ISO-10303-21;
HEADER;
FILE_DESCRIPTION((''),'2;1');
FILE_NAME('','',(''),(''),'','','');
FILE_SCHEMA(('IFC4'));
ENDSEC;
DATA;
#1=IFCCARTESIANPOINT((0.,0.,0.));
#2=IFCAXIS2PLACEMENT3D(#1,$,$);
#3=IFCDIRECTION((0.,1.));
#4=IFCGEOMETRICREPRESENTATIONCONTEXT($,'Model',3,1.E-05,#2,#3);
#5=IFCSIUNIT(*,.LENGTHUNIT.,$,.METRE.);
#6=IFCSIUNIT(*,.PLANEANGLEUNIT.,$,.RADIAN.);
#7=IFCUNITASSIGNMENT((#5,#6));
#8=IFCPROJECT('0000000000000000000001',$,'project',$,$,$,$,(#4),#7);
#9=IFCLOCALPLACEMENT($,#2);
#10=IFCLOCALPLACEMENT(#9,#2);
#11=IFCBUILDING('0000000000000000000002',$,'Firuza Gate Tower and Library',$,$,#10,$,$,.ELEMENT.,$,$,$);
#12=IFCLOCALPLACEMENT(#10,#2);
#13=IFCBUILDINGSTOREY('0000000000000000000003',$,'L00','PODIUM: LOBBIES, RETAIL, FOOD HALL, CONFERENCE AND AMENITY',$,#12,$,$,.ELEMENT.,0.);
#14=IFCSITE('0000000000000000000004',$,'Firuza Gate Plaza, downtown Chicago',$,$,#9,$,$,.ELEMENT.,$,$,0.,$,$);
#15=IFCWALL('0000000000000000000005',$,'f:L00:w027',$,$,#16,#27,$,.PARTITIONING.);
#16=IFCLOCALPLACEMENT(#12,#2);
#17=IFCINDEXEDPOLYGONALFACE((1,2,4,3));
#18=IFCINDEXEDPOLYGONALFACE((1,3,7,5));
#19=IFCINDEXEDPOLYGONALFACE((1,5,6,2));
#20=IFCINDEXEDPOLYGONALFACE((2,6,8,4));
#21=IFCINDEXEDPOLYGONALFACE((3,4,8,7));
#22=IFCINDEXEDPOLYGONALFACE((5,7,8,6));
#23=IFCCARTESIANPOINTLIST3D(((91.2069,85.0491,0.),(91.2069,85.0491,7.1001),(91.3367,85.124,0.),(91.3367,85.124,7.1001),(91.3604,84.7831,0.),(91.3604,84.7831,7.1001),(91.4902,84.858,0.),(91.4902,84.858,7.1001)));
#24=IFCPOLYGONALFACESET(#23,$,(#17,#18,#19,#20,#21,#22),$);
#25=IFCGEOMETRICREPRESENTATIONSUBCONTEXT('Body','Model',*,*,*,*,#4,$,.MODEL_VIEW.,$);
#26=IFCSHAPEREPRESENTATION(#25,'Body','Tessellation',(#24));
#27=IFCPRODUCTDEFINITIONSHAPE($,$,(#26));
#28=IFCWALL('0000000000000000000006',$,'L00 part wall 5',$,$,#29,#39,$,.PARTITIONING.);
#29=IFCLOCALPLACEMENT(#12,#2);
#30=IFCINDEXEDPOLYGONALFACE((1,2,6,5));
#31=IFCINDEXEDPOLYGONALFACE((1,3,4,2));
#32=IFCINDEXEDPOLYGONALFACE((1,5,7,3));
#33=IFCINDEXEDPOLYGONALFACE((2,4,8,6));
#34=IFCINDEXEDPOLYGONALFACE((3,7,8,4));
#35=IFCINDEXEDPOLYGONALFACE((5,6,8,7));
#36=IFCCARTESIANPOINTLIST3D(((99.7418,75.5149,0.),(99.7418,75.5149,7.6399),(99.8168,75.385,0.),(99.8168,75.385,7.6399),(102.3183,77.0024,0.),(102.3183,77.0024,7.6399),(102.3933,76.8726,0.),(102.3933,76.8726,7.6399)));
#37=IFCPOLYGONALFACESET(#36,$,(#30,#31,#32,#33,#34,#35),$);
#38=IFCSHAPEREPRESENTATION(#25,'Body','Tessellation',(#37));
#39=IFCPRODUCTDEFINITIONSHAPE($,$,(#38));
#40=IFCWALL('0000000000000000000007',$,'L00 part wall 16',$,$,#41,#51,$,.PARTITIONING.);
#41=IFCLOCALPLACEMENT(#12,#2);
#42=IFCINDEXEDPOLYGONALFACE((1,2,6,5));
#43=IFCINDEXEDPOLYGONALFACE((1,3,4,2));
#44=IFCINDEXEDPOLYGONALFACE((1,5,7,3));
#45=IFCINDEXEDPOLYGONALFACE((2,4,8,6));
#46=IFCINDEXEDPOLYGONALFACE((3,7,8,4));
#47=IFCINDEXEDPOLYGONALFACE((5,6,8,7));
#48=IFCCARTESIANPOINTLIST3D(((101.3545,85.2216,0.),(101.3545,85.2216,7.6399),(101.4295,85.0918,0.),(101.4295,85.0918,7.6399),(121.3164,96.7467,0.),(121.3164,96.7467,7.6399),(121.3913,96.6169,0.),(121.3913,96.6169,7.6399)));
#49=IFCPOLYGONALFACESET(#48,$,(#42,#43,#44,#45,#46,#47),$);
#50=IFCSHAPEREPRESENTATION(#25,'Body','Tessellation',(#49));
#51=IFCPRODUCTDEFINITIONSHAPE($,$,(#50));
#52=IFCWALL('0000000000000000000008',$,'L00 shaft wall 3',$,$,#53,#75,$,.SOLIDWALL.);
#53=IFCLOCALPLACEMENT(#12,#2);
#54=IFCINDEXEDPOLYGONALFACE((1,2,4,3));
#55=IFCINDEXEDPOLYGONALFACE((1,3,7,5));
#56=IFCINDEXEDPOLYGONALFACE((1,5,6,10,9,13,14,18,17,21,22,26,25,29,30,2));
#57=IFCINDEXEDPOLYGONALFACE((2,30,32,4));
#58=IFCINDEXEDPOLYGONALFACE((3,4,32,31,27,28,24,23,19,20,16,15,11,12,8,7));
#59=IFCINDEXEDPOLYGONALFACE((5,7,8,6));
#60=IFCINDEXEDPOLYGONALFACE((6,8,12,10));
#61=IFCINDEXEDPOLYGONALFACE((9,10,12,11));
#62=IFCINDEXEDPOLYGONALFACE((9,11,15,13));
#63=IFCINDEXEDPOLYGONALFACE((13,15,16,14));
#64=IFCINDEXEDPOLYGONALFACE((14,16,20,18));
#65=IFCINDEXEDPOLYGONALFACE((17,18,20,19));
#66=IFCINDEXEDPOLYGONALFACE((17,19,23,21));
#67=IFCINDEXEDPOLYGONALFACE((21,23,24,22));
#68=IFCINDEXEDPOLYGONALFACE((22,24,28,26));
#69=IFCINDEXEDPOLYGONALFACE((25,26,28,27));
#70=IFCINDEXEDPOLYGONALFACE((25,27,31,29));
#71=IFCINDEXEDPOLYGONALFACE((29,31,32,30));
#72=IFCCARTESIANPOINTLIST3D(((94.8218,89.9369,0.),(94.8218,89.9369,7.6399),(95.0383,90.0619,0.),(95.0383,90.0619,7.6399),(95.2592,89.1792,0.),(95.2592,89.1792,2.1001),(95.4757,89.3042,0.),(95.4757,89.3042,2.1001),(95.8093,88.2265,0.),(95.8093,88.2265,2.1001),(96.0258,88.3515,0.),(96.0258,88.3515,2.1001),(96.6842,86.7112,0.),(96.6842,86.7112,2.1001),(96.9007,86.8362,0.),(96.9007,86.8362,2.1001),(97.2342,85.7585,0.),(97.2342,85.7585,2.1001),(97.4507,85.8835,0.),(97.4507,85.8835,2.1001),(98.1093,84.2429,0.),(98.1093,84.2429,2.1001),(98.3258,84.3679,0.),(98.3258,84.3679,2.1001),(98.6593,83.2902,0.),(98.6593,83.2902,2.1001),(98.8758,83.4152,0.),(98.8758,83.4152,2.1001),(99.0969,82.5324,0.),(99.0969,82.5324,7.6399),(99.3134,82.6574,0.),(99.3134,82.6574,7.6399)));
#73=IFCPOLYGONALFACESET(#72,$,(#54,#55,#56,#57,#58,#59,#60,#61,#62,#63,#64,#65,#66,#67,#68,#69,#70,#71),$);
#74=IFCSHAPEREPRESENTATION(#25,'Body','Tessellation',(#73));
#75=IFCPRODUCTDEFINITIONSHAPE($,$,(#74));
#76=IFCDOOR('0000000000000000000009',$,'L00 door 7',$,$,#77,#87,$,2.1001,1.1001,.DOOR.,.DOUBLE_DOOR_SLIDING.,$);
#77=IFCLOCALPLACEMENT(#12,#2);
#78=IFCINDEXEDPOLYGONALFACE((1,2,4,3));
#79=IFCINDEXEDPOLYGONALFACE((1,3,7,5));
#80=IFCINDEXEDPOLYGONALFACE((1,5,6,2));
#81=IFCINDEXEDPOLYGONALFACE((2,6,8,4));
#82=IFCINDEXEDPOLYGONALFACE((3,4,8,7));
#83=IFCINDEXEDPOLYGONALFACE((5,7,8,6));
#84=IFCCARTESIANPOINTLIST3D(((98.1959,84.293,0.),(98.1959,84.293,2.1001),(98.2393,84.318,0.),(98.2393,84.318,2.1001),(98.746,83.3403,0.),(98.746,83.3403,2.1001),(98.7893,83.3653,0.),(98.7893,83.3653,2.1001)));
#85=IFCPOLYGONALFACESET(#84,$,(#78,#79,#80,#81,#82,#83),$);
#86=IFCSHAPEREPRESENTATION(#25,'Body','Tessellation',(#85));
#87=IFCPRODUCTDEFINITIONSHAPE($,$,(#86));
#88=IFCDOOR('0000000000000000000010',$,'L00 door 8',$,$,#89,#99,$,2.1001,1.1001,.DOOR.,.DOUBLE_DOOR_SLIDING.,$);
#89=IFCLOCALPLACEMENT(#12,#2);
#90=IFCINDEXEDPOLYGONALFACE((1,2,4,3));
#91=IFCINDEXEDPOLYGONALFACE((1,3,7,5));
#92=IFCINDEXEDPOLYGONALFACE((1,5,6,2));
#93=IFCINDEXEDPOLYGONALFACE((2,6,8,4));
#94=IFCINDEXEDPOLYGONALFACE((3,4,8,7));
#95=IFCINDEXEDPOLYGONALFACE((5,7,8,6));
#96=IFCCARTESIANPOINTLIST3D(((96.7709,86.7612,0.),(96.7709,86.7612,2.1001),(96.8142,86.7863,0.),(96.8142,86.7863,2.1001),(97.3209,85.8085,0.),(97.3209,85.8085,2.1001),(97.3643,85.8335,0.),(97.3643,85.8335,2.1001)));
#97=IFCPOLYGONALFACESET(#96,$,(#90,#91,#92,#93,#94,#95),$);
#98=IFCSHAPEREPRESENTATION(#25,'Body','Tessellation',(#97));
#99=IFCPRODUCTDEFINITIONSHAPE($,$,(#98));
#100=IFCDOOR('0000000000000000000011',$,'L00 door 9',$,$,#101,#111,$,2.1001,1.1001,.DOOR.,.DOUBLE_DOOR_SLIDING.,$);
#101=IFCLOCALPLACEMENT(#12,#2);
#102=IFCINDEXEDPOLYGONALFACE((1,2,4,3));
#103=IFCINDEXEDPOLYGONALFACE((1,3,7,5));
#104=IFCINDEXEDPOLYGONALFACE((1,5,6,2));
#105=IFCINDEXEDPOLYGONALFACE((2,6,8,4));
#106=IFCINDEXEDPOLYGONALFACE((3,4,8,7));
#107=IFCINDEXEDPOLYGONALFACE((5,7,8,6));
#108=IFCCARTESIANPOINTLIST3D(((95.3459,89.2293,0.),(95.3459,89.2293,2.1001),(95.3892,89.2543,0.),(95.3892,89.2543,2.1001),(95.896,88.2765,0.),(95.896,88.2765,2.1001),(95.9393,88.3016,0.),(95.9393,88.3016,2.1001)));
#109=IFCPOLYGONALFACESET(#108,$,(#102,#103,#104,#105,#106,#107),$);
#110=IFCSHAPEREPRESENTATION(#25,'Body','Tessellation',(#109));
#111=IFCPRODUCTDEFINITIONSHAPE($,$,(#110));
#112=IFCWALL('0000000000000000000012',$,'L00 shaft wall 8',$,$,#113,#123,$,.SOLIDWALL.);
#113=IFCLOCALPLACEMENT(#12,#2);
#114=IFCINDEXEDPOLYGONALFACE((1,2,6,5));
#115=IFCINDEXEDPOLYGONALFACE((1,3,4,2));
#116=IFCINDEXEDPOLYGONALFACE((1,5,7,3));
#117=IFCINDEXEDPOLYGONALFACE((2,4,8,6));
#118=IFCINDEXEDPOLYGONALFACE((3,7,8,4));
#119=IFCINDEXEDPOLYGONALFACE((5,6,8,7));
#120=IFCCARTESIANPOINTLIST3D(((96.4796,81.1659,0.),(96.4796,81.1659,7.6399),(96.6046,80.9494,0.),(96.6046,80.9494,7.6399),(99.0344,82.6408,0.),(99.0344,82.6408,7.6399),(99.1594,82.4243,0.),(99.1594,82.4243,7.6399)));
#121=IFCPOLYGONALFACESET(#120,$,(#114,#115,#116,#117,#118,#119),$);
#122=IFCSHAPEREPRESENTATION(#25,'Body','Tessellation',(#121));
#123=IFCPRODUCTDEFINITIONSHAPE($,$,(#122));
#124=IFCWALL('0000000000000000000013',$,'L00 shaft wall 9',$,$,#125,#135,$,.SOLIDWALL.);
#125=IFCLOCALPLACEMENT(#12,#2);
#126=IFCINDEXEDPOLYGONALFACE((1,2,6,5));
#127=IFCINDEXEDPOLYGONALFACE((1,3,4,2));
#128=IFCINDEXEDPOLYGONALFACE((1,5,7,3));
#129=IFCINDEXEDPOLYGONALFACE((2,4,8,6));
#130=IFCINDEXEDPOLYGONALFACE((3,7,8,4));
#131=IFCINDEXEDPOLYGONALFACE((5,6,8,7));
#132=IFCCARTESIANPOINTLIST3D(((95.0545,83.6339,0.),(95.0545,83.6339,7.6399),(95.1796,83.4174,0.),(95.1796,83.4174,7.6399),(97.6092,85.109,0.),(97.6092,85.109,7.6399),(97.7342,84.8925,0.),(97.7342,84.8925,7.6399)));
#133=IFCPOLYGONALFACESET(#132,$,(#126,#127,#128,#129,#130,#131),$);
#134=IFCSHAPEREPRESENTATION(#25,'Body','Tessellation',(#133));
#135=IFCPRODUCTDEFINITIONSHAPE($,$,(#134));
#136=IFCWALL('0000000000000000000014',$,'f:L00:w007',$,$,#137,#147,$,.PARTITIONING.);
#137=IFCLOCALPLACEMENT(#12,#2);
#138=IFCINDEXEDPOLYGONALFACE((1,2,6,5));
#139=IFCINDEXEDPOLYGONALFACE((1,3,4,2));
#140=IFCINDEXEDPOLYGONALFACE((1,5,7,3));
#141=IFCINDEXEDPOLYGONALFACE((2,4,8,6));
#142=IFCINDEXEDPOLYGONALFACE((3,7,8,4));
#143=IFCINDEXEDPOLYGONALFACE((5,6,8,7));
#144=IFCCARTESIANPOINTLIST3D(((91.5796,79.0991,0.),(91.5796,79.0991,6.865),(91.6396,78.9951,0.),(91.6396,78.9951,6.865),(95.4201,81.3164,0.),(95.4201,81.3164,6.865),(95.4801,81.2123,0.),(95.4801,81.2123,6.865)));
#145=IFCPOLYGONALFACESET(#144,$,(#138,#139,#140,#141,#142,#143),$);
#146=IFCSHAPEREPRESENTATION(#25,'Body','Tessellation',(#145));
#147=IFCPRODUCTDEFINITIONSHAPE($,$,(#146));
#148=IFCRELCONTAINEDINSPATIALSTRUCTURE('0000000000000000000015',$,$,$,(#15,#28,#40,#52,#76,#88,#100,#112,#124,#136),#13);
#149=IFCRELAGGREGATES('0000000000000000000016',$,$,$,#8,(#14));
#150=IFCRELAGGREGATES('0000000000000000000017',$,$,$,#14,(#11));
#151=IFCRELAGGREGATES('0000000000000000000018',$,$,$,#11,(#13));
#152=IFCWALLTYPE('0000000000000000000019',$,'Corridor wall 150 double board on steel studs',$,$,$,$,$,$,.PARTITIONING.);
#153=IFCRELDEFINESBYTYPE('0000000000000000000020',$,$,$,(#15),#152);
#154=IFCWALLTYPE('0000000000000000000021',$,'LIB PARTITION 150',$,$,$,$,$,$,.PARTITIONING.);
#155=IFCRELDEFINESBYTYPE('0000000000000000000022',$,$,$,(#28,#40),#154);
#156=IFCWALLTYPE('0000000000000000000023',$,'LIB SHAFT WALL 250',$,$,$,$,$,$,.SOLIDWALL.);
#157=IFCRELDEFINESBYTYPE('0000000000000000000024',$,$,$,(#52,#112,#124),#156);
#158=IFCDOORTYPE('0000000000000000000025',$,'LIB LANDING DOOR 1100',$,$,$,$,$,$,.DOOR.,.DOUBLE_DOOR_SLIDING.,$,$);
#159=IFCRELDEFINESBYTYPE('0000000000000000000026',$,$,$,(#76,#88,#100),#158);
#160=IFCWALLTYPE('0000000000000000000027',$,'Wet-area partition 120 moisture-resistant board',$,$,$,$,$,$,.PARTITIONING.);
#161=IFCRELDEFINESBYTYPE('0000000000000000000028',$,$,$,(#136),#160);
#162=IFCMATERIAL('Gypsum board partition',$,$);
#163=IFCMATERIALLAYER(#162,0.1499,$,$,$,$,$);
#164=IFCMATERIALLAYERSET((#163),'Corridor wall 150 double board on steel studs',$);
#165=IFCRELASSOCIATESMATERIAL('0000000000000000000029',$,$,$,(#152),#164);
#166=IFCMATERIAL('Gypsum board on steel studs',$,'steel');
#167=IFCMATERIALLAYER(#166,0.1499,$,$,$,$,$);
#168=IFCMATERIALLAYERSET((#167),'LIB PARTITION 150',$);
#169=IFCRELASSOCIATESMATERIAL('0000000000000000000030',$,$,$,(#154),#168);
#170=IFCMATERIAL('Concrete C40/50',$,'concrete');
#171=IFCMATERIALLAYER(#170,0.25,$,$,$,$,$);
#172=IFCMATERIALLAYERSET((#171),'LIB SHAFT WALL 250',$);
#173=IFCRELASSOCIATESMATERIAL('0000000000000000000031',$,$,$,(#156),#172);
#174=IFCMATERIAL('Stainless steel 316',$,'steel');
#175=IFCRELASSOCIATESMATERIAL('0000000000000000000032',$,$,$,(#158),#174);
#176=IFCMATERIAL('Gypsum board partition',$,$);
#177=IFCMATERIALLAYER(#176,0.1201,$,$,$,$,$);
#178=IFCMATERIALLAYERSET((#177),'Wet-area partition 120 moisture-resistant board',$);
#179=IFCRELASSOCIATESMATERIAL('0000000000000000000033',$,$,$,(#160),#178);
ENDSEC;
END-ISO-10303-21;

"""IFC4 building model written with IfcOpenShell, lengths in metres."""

from ifc_helpers import new_model, si_unit, direction, frame, frame_2d, origin, place, context, subcontext, project, spatial, rectangle, extrude, material, layer, layer_set, type_object, element, fill, save


model = new_model("IFC4")

# Units and contexts
model_context = context("Model", 3, precision=1e-05, world=origin(), true_north=direction((0.0, 1.0)))
body_context = subcontext(model_context, "Body", "Model", "MODEL_VIEW")
ifc_project = project(units=[si_unit("LENGTHUNIT", "METRE"), si_unit("PLANEANGLEUNIT", "RADIAN")], contexts=[model_context])

# Site, building, storey
site_placement = place(None, origin())
site = spatial("IfcSite", under=ifc_project, at=site_placement, Name="Firuza Gate Plaza, downtown Chicago", CompositionType="ELEMENT", RefElevation=0.0)
building_placement = place(site_placement, origin())
building = spatial("IfcBuilding", under=site, at=building_placement, Name="Firuza Gate Tower and Library", CompositionType="ELEMENT")
storey_placement = place(building_placement, origin())
storey = spatial("IfcBuildingStorey", under=building, at=storey_placement, Name="L00", Description="PODIUM: LOBBIES, RETAIL, FOOD HALL, CONFERENCE AND AMENITY", CompositionType="ELEMENT", Elevation=0.0)

# Shared definitions
ifc_material_1 = material(Name="Gypsum board partition")
ifc_layer_1 = layer(ifc_material_1, 0.1499)
ifc_layer_set_1 = layer_set([ifc_layer_1], Name="Corridor wall 150 double board on steel studs")
wall_type_1 = type_object("IfcWallType", Name="Corridor wall 150 double board on steel studs", PredefinedType="PARTITIONING", material=ifc_layer_set_1)

# Walls
wall_1_placement = place(storey_placement, frame((91.4253, 84.8206, 0.0), z_axis=(0.0, 0.0, 1.0), x_axis=(-0.499814, 0.866133, 0.0)))
element("IfcWall", 1, at=wall_1_placement, inside=storey, type_object=wall_type_1, Name="f:L00:w027", PredefinedType="PARTITIONING", context=body_context, shape_type="SweptSolid", body=[
    extrude(rectangle(XDim=0.3071, YDim=0.1499, at=frame_2d((0.1536, 0.0))), origin(), (0.0, 0.0, 1.0), 7.1001),
])
ifc_material_2 = material(Name="Gypsum board on steel studs", Category="steel")
ifc_layer_2 = layer(ifc_material_2, 0.1499)
ifc_layer_set_2 = layer_set([ifc_layer_2], Name="LIB PARTITION 150")
wall_type_2 = type_object("IfcWallType", Name="LIB PARTITION 150", PredefinedType="PARTITIONING", material=ifc_layer_set_2)
wall_2_placement = place(storey_placement, frame((99.7793, 75.45, 0.0), z_axis=(0.0, 0.0, 1.0), x_axis=(0.866017, 0.500014, 0.0)))
element("IfcWall", 2, at=wall_2_placement, inside=storey, type_object=wall_type_2, Name="L00 part wall 5", PredefinedType="PARTITIONING", context=body_context, shape_type="SweptSolid", body=[
    extrude(rectangle(XDim=2.9751, YDim=0.1499, at=frame_2d((1.4875, 0.0))), origin(), (0.0, 0.0, 1.0), 7.6399),
])
wall_3_placement = place(storey_placement, frame((101.3921, 85.1567, 0.0), z_axis=(0.0, 0.0, 1.0), x_axis=(0.866023, 0.500004, 0.0)))
element("IfcWall", 3, at=wall_3_placement, inside=storey, type_object=wall_type_2, Name="L00 part wall 16", PredefinedType="PARTITIONING", context=body_context, shape_type="SweptSolid", body=[
    extrude(rectangle(XDim=23.05, YDim=0.1499, at=frame_2d((11.5249, 0.0))), origin(), (0.0, 0.0, 1.0), 7.6399),
])

# Wall, openings, doors
ifc_material_3 = material(Name="Concrete C40/50", Category="concrete")
ifc_layer_3 = layer(ifc_material_3, 0.25)
ifc_layer_set_3 = layer_set([ifc_layer_3], Name="LIB SHAFT WALL 250")
wall_type_3 = type_object("IfcWallType", Name="LIB SHAFT WALL 250", PredefinedType="SOLIDWALL", material=ifc_layer_set_3)
wall_4_placement = place(storey_placement, frame((99.2051, 82.595, 0.0), z_axis=(0.0, 0.0, 1.0), x_axis=(-0.500012, 0.866019, 0.0)))
wall_4 = element("IfcWall", 4, at=wall_4_placement, inside=storey, type_object=wall_type_3, Name="L00 shaft wall 3", PredefinedType="SOLIDWALL", context=body_context, shape_type="SweptSolid", body=[
    extrude(rectangle(XDim=8.55, YDim=0.25, at=frame_2d((4.2749, 0.0))), origin(), (0.0, 0.0, 1.0), 7.6399),
])
opening_1_placement = place(wall_4_placement, frame((0.875, 0.0, 0.0)))
opening_1 = element("IfcOpeningElement", 5, at=opening_1_placement, cuts=wall_4, PredefinedType="OPENING", context=body_context, shape_type="SweptSolid", body=[
    extrude(rectangle(XDim=1.1001, YDim=2.1001, at=frame_2d((0.55, 1.05))), frame((0.0, 0.135, 0.0), z_axis=(0.0, -1.0, 0.0), x_axis=(1.0, 0.0, 0.0)), (0.0, 0.0, 1.0), 0.27),
])
opening_2_placement = place(wall_4_placement, frame((3.7251, 0.0, 0.0)))
opening_2 = element("IfcOpeningElement", 6, at=opening_2_placement, cuts=wall_4, PredefinedType="OPENING", context=body_context, shape_type="SweptSolid", body=[
    extrude(rectangle(XDim=1.1001, YDim=2.1001, at=frame_2d((0.55, 1.05))), frame((0.0, 0.135, 0.0), z_axis=(0.0, -1.0, 0.0), x_axis=(1.0, 0.0, 0.0)), (0.0, 0.0, 1.0), 0.27),
])
opening_3_placement = place(wall_4_placement, frame((6.575, 0.0, 0.0)))
opening_3 = element("IfcOpeningElement", 7, at=opening_3_placement, cuts=wall_4, PredefinedType="OPENING", context=body_context, shape_type="SweptSolid", body=[
    extrude(rectangle(XDim=1.1001, YDim=2.1001, at=frame_2d((0.55, 1.05))), frame((0.0, 0.135, 0.0), z_axis=(0.0, -1.0, 0.0), x_axis=(1.0, 0.0, 0.0)), (0.0, 0.0, 1.0), 0.27),
])
ifc_material_4 = material(Name="Stainless steel 316", Category="steel")
door_type_1 = type_object("IfcDoorType", Name="LIB LANDING DOOR 1100", OperationType="DOUBLE_DOOR_SLIDING", PredefinedType="DOOR", material=ifc_material_4)
door_1_placement = place(opening_1_placement, origin())
door_1 = element("IfcDoor", 8, at=door_1_placement, inside=storey, type_object=door_type_1, Name="L00 door 7", OperationType="DOUBLE_DOOR_SLIDING", OverallHeight=2.1001, OverallWidth=1.1001, PredefinedType="DOOR", context=body_context, shape_type="SweptSolid", body=[
    extrude(rectangle(XDim=1.1001, YDim=2.1001, at=frame_2d((0.55, 1.05))), frame((0.0, 0.0249, 0.0), z_axis=(0.0, -1.0, 0.0), x_axis=(1.0, 0.0, 0.0)), (0.0, 0.0, 1.0), 0.05),
])
fill(opening_1, door_1)
door_2_placement = place(opening_2_placement, origin())
door_2 = element("IfcDoor", 9, at=door_2_placement, inside=storey, type_object=door_type_1, Name="L00 door 8", OperationType="DOUBLE_DOOR_SLIDING", OverallHeight=2.1001, OverallWidth=1.1001, PredefinedType="DOOR", context=body_context, shape_type="SweptSolid", body=[
    extrude(rectangle(XDim=1.1001, YDim=2.1001, at=frame_2d((0.55, 1.05))), frame((0.0, 0.0249, 0.0), z_axis=(0.0, -1.0, 0.0), x_axis=(1.0, 0.0, 0.0)), (0.0, 0.0, 1.0), 0.05),
])
fill(opening_2, door_2)
door_3_placement = place(opening_3_placement, origin())
door_3 = element("IfcDoor", 10, at=door_3_placement, inside=storey, type_object=door_type_1, Name="L00 door 9", OperationType="DOUBLE_DOOR_SLIDING", OverallHeight=2.1001, OverallWidth=1.1001, PredefinedType="DOOR", context=body_context, shape_type="SweptSolid", body=[
    extrude(rectangle(XDim=1.1001, YDim=2.1001, at=frame_2d((0.55, 1.05))), frame((0.0, 0.0249, 0.0), z_axis=(0.0, -1.0, 0.0), x_axis=(1.0, 0.0, 0.0)), (0.0, 0.0, 1.0), 0.05),
])
fill(opening_3, door_3)

# Walls
for number, where, z_axis, x_axis, name in (
    (11, (96.542, 81.0576, 0.0), (0.0, 0.0, 1.0), (0.866039, 0.499976, 0.0), "L00 shaft wall 8"),
    (12, (95.1169, 83.5256, 0.0), (0.0, 0.0, 1.0), (0.866004, 0.500038, 0.0), "L00 shaft wall 9"),
):
    element("IfcWall", number, at=place(storey_placement, frame(where, z_axis=z_axis, x_axis=x_axis)), inside=storey, type_object=wall_type_3, Name=name, PredefinedType="SOLIDWALL", context=body_context, shape_type="SweptSolid", body=[
        extrude(rectangle(XDim=2.95, YDim=0.25, at=frame_2d((1.4751, 0.0))), origin(), (0.0, 0.0, 1.0), 7.6399),
    ])
ifc_material_5 = material(Name="Gypsum board partition")
ifc_layer_4 = layer(ifc_material_5, 0.1201)
ifc_layer_set_4 = layer_set([ifc_layer_4], Name="Wet-area partition 120 moisture-resistant board")
wall_type_4 = type_object("IfcWallType", Name="Wet-area partition 120 moisture-resistant board", PredefinedType="PARTITIONING", material=ifc_layer_set_4)
wall_5_placement = place(storey_placement, frame((91.6096, 79.0471, 0.0), z_axis=(0.0, 0.0, 1.0), x_axis=(0.866032, 0.499988, 0.0)))
element("IfcWall", 13, at=wall_5_placement, inside=storey, type_object=wall_type_4, Name="f:L00:w007", PredefinedType="PARTITIONING", context=body_context, shape_type="SweptSolid", body=[
    extrude(rectangle(XDim=4.4346, YDim=0.1201, at=frame_2d((2.2173, 0.0))), origin(), (0.0, 0.0, 1.0), 6.865),
])

save(model, "model.ifc")
